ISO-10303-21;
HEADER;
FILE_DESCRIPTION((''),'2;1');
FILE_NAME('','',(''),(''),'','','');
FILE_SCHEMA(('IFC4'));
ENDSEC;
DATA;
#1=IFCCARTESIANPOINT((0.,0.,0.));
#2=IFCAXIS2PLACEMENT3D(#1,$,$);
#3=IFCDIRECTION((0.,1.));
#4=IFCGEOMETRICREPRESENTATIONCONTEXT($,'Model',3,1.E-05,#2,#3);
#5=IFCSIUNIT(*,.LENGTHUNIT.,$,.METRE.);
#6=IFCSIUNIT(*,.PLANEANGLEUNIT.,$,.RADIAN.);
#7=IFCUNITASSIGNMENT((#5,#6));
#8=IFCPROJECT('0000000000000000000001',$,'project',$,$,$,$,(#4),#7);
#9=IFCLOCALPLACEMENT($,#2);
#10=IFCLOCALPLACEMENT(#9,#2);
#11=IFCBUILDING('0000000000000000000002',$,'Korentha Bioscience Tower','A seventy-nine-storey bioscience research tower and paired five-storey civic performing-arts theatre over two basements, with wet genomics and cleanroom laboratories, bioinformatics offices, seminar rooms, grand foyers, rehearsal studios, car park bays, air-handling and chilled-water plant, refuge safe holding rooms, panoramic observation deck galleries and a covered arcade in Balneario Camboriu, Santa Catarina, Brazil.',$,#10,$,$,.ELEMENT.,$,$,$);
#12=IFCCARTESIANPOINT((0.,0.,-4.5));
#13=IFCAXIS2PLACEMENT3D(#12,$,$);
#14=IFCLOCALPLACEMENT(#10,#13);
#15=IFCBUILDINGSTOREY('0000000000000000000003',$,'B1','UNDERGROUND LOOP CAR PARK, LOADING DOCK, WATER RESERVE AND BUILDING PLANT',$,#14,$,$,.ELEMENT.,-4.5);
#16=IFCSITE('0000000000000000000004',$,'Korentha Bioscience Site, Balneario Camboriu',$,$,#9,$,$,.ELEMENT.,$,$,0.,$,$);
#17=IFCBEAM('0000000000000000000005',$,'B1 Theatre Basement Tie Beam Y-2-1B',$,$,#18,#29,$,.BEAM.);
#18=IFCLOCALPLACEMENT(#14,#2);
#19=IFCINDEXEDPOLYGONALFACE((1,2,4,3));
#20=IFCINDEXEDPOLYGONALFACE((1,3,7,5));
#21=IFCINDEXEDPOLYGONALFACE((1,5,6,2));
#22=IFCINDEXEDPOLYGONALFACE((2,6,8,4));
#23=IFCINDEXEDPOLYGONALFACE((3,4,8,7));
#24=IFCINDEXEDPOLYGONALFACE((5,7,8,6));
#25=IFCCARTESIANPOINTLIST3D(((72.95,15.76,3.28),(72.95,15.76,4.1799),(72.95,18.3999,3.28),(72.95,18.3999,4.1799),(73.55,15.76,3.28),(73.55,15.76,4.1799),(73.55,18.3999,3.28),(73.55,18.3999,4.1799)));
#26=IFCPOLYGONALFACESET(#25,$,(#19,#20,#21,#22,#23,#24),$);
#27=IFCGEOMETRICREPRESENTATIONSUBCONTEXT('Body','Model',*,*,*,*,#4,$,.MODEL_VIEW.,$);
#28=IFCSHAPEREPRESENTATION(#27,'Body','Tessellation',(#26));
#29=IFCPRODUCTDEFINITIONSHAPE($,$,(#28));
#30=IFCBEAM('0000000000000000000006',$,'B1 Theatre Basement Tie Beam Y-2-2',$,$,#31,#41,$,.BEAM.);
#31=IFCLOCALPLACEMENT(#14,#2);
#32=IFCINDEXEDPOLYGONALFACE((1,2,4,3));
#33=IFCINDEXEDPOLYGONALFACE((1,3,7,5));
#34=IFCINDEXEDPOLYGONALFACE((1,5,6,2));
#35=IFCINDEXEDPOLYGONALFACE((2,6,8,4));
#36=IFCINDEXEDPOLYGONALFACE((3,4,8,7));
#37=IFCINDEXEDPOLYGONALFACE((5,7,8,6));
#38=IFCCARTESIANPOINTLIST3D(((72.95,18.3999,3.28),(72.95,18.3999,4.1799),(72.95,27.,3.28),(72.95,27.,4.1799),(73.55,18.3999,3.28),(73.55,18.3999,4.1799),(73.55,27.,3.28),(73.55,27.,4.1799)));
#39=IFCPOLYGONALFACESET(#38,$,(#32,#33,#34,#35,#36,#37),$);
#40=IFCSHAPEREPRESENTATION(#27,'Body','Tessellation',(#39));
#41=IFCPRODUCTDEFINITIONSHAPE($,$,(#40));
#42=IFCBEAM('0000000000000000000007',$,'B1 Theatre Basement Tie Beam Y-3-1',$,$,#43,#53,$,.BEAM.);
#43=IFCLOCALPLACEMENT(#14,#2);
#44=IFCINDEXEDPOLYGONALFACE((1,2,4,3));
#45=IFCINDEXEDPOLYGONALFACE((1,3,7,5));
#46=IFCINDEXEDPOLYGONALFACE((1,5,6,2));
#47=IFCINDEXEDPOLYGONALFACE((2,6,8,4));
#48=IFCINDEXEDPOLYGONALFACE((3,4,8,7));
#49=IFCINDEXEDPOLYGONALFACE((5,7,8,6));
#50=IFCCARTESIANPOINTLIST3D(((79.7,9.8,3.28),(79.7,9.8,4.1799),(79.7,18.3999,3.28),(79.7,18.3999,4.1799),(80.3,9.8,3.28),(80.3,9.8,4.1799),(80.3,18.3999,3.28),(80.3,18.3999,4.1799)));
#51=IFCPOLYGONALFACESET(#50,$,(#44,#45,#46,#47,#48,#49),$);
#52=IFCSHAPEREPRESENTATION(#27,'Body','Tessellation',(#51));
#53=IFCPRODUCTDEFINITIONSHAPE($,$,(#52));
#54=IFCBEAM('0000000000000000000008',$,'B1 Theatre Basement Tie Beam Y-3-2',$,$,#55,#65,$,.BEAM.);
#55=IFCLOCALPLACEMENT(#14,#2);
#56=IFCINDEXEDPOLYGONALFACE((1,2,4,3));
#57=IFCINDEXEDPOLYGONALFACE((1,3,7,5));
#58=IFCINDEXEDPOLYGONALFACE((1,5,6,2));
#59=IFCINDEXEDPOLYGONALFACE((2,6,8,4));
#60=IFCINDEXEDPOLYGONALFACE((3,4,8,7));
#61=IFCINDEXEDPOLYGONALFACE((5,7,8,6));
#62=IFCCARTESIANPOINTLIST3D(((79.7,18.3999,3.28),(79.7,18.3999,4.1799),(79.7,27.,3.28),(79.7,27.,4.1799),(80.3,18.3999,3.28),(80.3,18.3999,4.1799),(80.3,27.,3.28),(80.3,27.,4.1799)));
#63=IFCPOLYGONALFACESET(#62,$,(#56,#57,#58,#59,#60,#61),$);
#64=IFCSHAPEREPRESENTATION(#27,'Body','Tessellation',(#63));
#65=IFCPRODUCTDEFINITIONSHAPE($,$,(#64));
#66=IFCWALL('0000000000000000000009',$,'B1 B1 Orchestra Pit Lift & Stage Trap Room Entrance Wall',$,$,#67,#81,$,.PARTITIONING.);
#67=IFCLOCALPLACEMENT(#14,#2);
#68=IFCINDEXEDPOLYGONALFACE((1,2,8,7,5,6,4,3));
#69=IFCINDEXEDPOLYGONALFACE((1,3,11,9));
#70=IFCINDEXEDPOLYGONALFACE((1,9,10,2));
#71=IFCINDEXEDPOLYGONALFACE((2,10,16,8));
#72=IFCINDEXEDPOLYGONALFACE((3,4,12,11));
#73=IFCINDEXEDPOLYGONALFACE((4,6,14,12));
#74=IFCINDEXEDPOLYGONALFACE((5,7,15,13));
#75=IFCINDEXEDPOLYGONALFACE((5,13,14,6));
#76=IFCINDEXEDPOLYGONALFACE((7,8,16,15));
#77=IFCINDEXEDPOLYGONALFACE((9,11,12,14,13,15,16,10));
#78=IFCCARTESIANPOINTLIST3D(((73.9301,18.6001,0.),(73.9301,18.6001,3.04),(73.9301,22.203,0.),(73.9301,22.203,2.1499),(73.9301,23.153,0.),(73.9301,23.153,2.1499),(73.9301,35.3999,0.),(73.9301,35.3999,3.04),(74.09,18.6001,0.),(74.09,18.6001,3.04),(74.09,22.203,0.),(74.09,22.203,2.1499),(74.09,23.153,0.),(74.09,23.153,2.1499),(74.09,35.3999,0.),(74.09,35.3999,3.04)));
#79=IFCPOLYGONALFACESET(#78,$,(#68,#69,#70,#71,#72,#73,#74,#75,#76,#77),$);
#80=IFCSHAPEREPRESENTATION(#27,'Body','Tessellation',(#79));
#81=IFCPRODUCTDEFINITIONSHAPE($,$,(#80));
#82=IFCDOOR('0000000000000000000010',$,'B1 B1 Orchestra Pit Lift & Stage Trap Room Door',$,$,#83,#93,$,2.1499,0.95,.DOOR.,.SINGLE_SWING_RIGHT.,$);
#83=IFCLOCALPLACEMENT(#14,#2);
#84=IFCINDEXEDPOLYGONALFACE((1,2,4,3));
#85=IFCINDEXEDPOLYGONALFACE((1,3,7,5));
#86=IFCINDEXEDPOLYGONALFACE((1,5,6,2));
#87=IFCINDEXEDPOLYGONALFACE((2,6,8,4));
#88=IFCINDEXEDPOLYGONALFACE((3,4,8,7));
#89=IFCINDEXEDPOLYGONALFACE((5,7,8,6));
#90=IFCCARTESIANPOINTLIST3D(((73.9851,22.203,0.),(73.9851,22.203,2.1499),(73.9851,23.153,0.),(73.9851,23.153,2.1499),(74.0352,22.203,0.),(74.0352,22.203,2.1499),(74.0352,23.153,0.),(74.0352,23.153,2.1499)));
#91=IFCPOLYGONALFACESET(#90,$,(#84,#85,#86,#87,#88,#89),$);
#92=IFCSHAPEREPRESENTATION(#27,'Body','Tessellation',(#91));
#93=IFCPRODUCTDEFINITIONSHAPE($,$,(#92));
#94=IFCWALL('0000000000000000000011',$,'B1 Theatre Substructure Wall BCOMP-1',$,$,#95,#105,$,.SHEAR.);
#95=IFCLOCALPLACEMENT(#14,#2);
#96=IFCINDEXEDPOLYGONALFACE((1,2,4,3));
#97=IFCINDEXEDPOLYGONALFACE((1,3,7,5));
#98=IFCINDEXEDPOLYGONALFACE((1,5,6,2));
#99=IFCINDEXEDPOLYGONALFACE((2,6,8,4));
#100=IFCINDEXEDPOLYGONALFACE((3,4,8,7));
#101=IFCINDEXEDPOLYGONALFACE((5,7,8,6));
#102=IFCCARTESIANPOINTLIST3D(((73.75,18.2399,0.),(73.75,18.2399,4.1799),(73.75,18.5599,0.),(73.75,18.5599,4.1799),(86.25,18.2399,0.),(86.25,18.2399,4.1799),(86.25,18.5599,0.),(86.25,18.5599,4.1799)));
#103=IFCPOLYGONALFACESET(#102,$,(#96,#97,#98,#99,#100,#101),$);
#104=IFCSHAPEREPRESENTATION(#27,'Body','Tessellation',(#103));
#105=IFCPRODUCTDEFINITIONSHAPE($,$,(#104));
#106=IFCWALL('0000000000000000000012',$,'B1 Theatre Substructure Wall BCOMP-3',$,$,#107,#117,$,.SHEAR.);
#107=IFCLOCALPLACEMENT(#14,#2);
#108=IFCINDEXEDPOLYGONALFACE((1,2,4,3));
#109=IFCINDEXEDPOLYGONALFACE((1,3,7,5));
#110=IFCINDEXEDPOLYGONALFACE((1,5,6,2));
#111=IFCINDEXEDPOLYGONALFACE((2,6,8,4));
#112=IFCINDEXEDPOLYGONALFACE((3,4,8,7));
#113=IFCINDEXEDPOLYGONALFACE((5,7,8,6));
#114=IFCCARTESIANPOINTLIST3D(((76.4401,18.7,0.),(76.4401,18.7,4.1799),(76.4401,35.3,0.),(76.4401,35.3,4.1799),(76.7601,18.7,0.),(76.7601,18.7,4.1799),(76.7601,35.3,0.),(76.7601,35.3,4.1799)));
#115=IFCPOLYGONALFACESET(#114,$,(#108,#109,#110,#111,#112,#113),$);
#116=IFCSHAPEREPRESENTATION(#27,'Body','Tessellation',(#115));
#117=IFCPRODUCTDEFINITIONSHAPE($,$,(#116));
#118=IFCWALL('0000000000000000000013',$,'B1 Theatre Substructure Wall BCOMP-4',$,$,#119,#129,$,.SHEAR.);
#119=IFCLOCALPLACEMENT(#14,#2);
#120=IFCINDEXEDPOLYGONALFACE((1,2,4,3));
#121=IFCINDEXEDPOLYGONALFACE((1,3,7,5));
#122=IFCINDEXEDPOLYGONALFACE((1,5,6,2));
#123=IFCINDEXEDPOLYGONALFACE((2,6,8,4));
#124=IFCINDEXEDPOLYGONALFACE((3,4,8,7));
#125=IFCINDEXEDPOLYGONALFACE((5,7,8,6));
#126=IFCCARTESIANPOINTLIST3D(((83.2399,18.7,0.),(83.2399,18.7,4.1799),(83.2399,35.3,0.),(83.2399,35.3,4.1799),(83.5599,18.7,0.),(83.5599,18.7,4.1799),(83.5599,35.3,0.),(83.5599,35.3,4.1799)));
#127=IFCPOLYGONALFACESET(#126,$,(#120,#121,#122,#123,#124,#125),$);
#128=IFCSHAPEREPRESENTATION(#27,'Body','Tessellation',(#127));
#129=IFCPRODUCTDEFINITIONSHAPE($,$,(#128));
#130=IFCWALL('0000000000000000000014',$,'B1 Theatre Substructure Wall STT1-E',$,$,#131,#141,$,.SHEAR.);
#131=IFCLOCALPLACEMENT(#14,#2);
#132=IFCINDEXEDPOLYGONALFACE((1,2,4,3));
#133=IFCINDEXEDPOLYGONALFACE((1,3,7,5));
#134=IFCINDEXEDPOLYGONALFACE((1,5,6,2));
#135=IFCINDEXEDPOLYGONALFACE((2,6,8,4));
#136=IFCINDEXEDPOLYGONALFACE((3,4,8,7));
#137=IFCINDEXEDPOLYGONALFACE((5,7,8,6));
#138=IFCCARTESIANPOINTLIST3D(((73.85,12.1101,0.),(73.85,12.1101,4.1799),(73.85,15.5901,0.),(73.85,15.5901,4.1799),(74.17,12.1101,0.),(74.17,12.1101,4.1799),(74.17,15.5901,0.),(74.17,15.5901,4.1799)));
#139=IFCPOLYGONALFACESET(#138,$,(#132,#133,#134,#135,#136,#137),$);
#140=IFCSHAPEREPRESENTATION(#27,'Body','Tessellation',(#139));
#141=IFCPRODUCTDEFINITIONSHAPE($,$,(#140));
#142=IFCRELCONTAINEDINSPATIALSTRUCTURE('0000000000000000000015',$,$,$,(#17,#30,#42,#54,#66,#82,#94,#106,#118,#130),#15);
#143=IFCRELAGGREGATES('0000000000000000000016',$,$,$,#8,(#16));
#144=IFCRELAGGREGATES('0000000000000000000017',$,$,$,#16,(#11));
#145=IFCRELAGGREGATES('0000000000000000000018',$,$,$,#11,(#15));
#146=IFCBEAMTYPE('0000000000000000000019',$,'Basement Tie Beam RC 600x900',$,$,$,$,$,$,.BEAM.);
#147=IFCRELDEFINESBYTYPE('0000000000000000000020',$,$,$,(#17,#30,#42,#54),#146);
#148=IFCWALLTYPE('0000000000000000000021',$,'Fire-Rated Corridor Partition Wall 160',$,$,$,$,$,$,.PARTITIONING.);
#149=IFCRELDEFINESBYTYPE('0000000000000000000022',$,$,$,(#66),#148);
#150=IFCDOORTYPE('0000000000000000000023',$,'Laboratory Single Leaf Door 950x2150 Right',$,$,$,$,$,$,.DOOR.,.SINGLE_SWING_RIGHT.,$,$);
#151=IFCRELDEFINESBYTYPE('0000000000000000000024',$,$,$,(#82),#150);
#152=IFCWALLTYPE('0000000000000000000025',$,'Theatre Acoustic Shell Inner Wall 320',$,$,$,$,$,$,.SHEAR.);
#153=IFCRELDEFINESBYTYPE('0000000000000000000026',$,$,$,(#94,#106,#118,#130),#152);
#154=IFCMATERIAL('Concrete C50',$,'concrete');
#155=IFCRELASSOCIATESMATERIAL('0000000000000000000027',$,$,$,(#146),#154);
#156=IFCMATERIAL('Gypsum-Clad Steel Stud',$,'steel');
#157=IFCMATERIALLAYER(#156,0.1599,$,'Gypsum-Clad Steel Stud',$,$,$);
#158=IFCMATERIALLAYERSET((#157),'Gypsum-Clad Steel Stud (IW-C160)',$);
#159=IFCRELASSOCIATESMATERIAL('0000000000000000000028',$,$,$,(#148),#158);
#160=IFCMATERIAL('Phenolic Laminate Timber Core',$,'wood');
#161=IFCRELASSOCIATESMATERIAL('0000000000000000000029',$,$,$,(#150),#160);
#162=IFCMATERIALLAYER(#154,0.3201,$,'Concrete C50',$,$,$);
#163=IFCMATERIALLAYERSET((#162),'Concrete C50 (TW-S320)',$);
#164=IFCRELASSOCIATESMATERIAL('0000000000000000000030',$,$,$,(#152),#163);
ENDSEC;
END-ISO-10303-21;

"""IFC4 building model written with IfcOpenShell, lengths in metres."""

from ifc_helpers import new_model, si_unit, direction, frame, frame_2d, origin, origin_2d, place, context, subcontext, project, spatial, rectangle, extrude, material, layer, layer_set, material_profile, profile_set, type_object, element, fill, save


model = new_model("IFC4")

# Units and contexts
model_context = context("Model", 3, precision=1e-05, world=origin(), true_north=direction((0.0, 1.0)))
body_context = subcontext(model_context, "Body", "Model", "MODEL_VIEW")
ifc_project = project(units=[si_unit("LENGTHUNIT", "METRE"), si_unit("PLANEANGLEUNIT", "RADIAN")], contexts=[model_context])

# Site, building, storey
site_placement = place(None, origin())
site = spatial("IfcSite", under=ifc_project, at=site_placement, Name="Korentha Bioscience Site, Balneario Camboriu", CompositionType="ELEMENT", RefElevation=0.0)
building_placement = place(site_placement, origin())
building = spatial("IfcBuilding", under=site, at=building_placement, Name="Korentha Bioscience Tower", Description="A seventy-nine-storey bioscience research tower and paired five-storey civic performing-arts theatre over two basements, with wet genomics and cleanroom laboratories, bioinformatics offices, seminar rooms, grand foyers, rehearsal studios, car park bays, air-handling and chilled-water plant, refuge safe holding rooms, panoramic observation deck galleries and a covered arcade in Balneario Camboriu, Santa Catarina, Brazil.", CompositionType="ELEMENT")
storey_placement = place(building_placement, frame((0.0, 0.0, -4.5)))
storey = spatial("IfcBuildingStorey", under=building, at=storey_placement, Name="B1", Description="UNDERGROUND LOOP CAR PARK, LOADING DOCK, WATER RESERVE AND BUILDING PLANT", CompositionType="ELEMENT", Elevation=-4.5)

# Shared definitions
ifc_material_1 = material(Name="Concrete C50", Category="concrete")

# Beams
ifc_material_profile_1 = material_profile(ifc_material_1, rectangle(XDim=0.6001, YDim=0.8999, at=origin_2d()), Name="Concrete C50")
ifc_profile_set_1 = profile_set([ifc_material_profile_1], Name="Concrete C50 (BB-600)")
beam_type_1 = type_object("IfcBeamType", Name="Basement Tie Beam RC 600x900", PredefinedType="BEAM", material=ifc_profile_set_1)
beam_1_placement = place(storey_placement, frame((73.25, 15.76, 3.73), z_axis=(0.0, 1.0, 0.0), x_axis=(-1.0, 0.0, 0.0)))
element("IfcBeam", 1, at=beam_1_placement, inside=storey, type_object=beam_type_1, Name="B1 Theatre Basement Tie Beam Y-2-1B", PredefinedType="BEAM", context=body_context, shape_type="SweptSolid", body=[
    extrude(rectangle(XDim=0.6001, YDim=0.8999, at=origin_2d()), origin(), (0.0, 0.0, 1.0), 2.6399),
])
beam_2_placement = place(storey_placement, frame((73.25, 18.3999, 3.73), z_axis=(0.0, 1.0, 0.0), x_axis=(-1.0, 0.0, 0.0)))
element("IfcBeam", 2, at=beam_2_placement, inside=storey, type_object=beam_type_1, Name="B1 Theatre Basement Tie Beam Y-2-2", PredefinedType="BEAM", context=body_context, shape_type="SweptSolid", body=[
    extrude(rectangle(XDim=0.6001, YDim=0.8999, at=origin_2d()), origin(), (0.0, 0.0, 1.0), 8.6001),
])
beam_3_placement = place(storey_placement, frame((80.0, 9.8, 3.73), z_axis=(0.0, 1.0, 0.0), x_axis=(-1.0, 0.0, 0.0)))
element("IfcBeam", 3, at=beam_3_placement, inside=storey, type_object=beam_type_1, Name="B1 Theatre Basement Tie Beam Y-3-1", PredefinedType="BEAM", context=body_context, shape_type="SweptSolid", body=[
    extrude(rectangle(XDim=0.6001, YDim=0.8999, at=origin_2d()), origin(), (0.0, 0.0, 1.0), 8.5999),
])
beam_4_placement = place(storey_placement, frame((80.0, 18.3999, 3.73), z_axis=(0.0, 1.0, 0.0), x_axis=(-1.0, 0.0, 0.0)))
element("IfcBeam", 4, at=beam_4_placement, inside=storey, type_object=beam_type_1, Name="B1 Theatre Basement Tie Beam Y-3-2", PredefinedType="BEAM", context=body_context, shape_type="SweptSolid", body=[
    extrude(rectangle(XDim=0.6001, YDim=0.8999, at=origin_2d()), origin(), (0.0, 0.0, 1.0), 8.6001),
])

# Wall, opening, door
ifc_material_2 = material(Name="Gypsum-Clad Steel Stud", Category="steel")
ifc_layer_1 = layer(ifc_material_2, 0.1599, Name="Gypsum-Clad Steel Stud")
ifc_layer_set_1 = layer_set([ifc_layer_1], Name="Gypsum-Clad Steel Stud (IW-C160)")
wall_type_1 = type_object("IfcWallType", Name="Fire-Rated Corridor Partition Wall 160", PredefinedType="PARTITIONING", material=ifc_layer_set_1)
wall_1_placement = place(storey_placement, frame((74.01, 18.6001, 0.0), z_axis=(0.0, 0.0, 1.0), x_axis=(0.0, 1.0, 0.0)))
wall_1 = element("IfcWall", 5, at=wall_1_placement, inside=storey, type_object=wall_type_1, Name="B1 B1 Orchestra Pit Lift & Stage Trap Room Entrance Wall", PredefinedType="PARTITIONING", context=body_context, shape_type="SweptSolid", body=[
    extrude(rectangle(XDim=16.7998, YDim=0.1599, at=frame_2d((8.3999, 0.0))), origin(), (0.0, 0.0, 1.0), 3.04),
])
opening_placement = place(wall_1_placement, frame((3.6028, 0.0, 0.0)))
opening = element("IfcOpeningElement", 6, at=opening_placement, cuts=wall_1, PredefinedType="OPENING", context=body_context, shape_type="SweptSolid", body=[
    extrude(rectangle(XDim=0.95, YDim=2.1499, at=frame_2d((0.4751, 1.075))), frame((0.0, 0.0947, 0.0), z_axis=(0.0, -1.0, 0.0), x_axis=(1.0, 0.0, 0.0)), (0.0, 0.0, 1.0), 0.1897),
])
ifc_material_3 = material(Name="Phenolic Laminate Timber Core", Category="wood")
door_type = type_object("IfcDoorType", Name="Laboratory Single Leaf Door 950x2150 Right", OperationType="SINGLE_SWING_RIGHT", PredefinedType="DOOR", material=ifc_material_3)
door_placement = place(opening_placement, origin())
door = element("IfcDoor", 7, at=door_placement, inside=storey, type_object=door_type, Name="B1 B1 Orchestra Pit Lift & Stage Trap Room Door", OperationType="SINGLE_SWING_RIGHT", OverallHeight=2.1499, OverallWidth=0.95, PredefinedType="DOOR", context=body_context, shape_type="SweptSolid", body=[
    extrude(rectangle(XDim=0.95, YDim=2.1499, at=frame_2d((0.4751, 1.075))), frame((0.0, 0.0249, 0.0), z_axis=(0.0, -1.0, 0.0), x_axis=(1.0, 0.0, 0.0)), (0.0, 0.0, 1.0), 0.05),
])
fill(opening, door)

# Walls
ifc_layer_2 = layer(ifc_material_1, 0.3201, Name="Concrete C50")
ifc_layer_set_2 = layer_set([ifc_layer_2], Name="Concrete C50 (TW-S320)")
wall_type_2 = type_object("IfcWallType", Name="Theatre Acoustic Shell Inner Wall 320", PredefinedType="SHEAR", material=ifc_layer_set_2)
wall_2_placement = place(storey_placement, frame((73.75, 18.3999, 0.0), z_axis=(0.0, 0.0, 1.0), x_axis=(1.0, 0.0, 0.0)))
element("IfcWall", 8, at=wall_2_placement, inside=storey, type_object=wall_type_2, Name="B1 Theatre Substructure Wall BCOMP-1", PredefinedType="SHEAR", context=body_context, shape_type="SweptSolid", body=[
    extrude(rectangle(XDim=12.5, YDim=0.3201, at=frame_2d((6.25, 0.0))), origin(), (0.0, 0.0, 1.0), 4.1799),
])
for number, where, z_axis, x_axis, name in (
    (9, (76.6001, 18.7, 0.0), (0.0, 0.0, 1.0), (0.0, 1.0, 0.0), "B1 Theatre Substructure Wall BCOMP-3"),
    (10, (83.3999, 18.7, 0.0), (0.0, 0.0, 1.0), (0.0, 1.0, 0.0), "B1 Theatre Substructure Wall BCOMP-4"),
):
    element("IfcWall", number, at=place(storey_placement, frame(where, z_axis=z_axis, x_axis=x_axis)), inside=storey, type_object=wall_type_2, Name=name, PredefinedType="SHEAR", context=body_context, shape_type="SweptSolid", body=[
        extrude(rectangle(XDim=16.6001, YDim=0.3201, at=frame_2d((8.3, 0.0))), origin(), (0.0, 0.0, 1.0), 4.1799),
    ])
wall_3_placement = place(storey_placement, frame((74.01, 12.1101, 0.0), z_axis=(0.0, 0.0, 1.0), x_axis=(0.0, 1.0, 0.0)))
element("IfcWall", 11, at=wall_3_placement, inside=storey, type_object=wall_type_2, Name="B1 Theatre Substructure Wall STT1-E", PredefinedType="SHEAR", context=body_context, shape_type="SweptSolid", body=[
    extrude(rectangle(XDim=3.48, YDim=0.3201, at=frame_2d((1.74, 0.0))), origin(), (0.0, 0.0, 1.0), 4.1799),
])

save(model, "model.ifc")
